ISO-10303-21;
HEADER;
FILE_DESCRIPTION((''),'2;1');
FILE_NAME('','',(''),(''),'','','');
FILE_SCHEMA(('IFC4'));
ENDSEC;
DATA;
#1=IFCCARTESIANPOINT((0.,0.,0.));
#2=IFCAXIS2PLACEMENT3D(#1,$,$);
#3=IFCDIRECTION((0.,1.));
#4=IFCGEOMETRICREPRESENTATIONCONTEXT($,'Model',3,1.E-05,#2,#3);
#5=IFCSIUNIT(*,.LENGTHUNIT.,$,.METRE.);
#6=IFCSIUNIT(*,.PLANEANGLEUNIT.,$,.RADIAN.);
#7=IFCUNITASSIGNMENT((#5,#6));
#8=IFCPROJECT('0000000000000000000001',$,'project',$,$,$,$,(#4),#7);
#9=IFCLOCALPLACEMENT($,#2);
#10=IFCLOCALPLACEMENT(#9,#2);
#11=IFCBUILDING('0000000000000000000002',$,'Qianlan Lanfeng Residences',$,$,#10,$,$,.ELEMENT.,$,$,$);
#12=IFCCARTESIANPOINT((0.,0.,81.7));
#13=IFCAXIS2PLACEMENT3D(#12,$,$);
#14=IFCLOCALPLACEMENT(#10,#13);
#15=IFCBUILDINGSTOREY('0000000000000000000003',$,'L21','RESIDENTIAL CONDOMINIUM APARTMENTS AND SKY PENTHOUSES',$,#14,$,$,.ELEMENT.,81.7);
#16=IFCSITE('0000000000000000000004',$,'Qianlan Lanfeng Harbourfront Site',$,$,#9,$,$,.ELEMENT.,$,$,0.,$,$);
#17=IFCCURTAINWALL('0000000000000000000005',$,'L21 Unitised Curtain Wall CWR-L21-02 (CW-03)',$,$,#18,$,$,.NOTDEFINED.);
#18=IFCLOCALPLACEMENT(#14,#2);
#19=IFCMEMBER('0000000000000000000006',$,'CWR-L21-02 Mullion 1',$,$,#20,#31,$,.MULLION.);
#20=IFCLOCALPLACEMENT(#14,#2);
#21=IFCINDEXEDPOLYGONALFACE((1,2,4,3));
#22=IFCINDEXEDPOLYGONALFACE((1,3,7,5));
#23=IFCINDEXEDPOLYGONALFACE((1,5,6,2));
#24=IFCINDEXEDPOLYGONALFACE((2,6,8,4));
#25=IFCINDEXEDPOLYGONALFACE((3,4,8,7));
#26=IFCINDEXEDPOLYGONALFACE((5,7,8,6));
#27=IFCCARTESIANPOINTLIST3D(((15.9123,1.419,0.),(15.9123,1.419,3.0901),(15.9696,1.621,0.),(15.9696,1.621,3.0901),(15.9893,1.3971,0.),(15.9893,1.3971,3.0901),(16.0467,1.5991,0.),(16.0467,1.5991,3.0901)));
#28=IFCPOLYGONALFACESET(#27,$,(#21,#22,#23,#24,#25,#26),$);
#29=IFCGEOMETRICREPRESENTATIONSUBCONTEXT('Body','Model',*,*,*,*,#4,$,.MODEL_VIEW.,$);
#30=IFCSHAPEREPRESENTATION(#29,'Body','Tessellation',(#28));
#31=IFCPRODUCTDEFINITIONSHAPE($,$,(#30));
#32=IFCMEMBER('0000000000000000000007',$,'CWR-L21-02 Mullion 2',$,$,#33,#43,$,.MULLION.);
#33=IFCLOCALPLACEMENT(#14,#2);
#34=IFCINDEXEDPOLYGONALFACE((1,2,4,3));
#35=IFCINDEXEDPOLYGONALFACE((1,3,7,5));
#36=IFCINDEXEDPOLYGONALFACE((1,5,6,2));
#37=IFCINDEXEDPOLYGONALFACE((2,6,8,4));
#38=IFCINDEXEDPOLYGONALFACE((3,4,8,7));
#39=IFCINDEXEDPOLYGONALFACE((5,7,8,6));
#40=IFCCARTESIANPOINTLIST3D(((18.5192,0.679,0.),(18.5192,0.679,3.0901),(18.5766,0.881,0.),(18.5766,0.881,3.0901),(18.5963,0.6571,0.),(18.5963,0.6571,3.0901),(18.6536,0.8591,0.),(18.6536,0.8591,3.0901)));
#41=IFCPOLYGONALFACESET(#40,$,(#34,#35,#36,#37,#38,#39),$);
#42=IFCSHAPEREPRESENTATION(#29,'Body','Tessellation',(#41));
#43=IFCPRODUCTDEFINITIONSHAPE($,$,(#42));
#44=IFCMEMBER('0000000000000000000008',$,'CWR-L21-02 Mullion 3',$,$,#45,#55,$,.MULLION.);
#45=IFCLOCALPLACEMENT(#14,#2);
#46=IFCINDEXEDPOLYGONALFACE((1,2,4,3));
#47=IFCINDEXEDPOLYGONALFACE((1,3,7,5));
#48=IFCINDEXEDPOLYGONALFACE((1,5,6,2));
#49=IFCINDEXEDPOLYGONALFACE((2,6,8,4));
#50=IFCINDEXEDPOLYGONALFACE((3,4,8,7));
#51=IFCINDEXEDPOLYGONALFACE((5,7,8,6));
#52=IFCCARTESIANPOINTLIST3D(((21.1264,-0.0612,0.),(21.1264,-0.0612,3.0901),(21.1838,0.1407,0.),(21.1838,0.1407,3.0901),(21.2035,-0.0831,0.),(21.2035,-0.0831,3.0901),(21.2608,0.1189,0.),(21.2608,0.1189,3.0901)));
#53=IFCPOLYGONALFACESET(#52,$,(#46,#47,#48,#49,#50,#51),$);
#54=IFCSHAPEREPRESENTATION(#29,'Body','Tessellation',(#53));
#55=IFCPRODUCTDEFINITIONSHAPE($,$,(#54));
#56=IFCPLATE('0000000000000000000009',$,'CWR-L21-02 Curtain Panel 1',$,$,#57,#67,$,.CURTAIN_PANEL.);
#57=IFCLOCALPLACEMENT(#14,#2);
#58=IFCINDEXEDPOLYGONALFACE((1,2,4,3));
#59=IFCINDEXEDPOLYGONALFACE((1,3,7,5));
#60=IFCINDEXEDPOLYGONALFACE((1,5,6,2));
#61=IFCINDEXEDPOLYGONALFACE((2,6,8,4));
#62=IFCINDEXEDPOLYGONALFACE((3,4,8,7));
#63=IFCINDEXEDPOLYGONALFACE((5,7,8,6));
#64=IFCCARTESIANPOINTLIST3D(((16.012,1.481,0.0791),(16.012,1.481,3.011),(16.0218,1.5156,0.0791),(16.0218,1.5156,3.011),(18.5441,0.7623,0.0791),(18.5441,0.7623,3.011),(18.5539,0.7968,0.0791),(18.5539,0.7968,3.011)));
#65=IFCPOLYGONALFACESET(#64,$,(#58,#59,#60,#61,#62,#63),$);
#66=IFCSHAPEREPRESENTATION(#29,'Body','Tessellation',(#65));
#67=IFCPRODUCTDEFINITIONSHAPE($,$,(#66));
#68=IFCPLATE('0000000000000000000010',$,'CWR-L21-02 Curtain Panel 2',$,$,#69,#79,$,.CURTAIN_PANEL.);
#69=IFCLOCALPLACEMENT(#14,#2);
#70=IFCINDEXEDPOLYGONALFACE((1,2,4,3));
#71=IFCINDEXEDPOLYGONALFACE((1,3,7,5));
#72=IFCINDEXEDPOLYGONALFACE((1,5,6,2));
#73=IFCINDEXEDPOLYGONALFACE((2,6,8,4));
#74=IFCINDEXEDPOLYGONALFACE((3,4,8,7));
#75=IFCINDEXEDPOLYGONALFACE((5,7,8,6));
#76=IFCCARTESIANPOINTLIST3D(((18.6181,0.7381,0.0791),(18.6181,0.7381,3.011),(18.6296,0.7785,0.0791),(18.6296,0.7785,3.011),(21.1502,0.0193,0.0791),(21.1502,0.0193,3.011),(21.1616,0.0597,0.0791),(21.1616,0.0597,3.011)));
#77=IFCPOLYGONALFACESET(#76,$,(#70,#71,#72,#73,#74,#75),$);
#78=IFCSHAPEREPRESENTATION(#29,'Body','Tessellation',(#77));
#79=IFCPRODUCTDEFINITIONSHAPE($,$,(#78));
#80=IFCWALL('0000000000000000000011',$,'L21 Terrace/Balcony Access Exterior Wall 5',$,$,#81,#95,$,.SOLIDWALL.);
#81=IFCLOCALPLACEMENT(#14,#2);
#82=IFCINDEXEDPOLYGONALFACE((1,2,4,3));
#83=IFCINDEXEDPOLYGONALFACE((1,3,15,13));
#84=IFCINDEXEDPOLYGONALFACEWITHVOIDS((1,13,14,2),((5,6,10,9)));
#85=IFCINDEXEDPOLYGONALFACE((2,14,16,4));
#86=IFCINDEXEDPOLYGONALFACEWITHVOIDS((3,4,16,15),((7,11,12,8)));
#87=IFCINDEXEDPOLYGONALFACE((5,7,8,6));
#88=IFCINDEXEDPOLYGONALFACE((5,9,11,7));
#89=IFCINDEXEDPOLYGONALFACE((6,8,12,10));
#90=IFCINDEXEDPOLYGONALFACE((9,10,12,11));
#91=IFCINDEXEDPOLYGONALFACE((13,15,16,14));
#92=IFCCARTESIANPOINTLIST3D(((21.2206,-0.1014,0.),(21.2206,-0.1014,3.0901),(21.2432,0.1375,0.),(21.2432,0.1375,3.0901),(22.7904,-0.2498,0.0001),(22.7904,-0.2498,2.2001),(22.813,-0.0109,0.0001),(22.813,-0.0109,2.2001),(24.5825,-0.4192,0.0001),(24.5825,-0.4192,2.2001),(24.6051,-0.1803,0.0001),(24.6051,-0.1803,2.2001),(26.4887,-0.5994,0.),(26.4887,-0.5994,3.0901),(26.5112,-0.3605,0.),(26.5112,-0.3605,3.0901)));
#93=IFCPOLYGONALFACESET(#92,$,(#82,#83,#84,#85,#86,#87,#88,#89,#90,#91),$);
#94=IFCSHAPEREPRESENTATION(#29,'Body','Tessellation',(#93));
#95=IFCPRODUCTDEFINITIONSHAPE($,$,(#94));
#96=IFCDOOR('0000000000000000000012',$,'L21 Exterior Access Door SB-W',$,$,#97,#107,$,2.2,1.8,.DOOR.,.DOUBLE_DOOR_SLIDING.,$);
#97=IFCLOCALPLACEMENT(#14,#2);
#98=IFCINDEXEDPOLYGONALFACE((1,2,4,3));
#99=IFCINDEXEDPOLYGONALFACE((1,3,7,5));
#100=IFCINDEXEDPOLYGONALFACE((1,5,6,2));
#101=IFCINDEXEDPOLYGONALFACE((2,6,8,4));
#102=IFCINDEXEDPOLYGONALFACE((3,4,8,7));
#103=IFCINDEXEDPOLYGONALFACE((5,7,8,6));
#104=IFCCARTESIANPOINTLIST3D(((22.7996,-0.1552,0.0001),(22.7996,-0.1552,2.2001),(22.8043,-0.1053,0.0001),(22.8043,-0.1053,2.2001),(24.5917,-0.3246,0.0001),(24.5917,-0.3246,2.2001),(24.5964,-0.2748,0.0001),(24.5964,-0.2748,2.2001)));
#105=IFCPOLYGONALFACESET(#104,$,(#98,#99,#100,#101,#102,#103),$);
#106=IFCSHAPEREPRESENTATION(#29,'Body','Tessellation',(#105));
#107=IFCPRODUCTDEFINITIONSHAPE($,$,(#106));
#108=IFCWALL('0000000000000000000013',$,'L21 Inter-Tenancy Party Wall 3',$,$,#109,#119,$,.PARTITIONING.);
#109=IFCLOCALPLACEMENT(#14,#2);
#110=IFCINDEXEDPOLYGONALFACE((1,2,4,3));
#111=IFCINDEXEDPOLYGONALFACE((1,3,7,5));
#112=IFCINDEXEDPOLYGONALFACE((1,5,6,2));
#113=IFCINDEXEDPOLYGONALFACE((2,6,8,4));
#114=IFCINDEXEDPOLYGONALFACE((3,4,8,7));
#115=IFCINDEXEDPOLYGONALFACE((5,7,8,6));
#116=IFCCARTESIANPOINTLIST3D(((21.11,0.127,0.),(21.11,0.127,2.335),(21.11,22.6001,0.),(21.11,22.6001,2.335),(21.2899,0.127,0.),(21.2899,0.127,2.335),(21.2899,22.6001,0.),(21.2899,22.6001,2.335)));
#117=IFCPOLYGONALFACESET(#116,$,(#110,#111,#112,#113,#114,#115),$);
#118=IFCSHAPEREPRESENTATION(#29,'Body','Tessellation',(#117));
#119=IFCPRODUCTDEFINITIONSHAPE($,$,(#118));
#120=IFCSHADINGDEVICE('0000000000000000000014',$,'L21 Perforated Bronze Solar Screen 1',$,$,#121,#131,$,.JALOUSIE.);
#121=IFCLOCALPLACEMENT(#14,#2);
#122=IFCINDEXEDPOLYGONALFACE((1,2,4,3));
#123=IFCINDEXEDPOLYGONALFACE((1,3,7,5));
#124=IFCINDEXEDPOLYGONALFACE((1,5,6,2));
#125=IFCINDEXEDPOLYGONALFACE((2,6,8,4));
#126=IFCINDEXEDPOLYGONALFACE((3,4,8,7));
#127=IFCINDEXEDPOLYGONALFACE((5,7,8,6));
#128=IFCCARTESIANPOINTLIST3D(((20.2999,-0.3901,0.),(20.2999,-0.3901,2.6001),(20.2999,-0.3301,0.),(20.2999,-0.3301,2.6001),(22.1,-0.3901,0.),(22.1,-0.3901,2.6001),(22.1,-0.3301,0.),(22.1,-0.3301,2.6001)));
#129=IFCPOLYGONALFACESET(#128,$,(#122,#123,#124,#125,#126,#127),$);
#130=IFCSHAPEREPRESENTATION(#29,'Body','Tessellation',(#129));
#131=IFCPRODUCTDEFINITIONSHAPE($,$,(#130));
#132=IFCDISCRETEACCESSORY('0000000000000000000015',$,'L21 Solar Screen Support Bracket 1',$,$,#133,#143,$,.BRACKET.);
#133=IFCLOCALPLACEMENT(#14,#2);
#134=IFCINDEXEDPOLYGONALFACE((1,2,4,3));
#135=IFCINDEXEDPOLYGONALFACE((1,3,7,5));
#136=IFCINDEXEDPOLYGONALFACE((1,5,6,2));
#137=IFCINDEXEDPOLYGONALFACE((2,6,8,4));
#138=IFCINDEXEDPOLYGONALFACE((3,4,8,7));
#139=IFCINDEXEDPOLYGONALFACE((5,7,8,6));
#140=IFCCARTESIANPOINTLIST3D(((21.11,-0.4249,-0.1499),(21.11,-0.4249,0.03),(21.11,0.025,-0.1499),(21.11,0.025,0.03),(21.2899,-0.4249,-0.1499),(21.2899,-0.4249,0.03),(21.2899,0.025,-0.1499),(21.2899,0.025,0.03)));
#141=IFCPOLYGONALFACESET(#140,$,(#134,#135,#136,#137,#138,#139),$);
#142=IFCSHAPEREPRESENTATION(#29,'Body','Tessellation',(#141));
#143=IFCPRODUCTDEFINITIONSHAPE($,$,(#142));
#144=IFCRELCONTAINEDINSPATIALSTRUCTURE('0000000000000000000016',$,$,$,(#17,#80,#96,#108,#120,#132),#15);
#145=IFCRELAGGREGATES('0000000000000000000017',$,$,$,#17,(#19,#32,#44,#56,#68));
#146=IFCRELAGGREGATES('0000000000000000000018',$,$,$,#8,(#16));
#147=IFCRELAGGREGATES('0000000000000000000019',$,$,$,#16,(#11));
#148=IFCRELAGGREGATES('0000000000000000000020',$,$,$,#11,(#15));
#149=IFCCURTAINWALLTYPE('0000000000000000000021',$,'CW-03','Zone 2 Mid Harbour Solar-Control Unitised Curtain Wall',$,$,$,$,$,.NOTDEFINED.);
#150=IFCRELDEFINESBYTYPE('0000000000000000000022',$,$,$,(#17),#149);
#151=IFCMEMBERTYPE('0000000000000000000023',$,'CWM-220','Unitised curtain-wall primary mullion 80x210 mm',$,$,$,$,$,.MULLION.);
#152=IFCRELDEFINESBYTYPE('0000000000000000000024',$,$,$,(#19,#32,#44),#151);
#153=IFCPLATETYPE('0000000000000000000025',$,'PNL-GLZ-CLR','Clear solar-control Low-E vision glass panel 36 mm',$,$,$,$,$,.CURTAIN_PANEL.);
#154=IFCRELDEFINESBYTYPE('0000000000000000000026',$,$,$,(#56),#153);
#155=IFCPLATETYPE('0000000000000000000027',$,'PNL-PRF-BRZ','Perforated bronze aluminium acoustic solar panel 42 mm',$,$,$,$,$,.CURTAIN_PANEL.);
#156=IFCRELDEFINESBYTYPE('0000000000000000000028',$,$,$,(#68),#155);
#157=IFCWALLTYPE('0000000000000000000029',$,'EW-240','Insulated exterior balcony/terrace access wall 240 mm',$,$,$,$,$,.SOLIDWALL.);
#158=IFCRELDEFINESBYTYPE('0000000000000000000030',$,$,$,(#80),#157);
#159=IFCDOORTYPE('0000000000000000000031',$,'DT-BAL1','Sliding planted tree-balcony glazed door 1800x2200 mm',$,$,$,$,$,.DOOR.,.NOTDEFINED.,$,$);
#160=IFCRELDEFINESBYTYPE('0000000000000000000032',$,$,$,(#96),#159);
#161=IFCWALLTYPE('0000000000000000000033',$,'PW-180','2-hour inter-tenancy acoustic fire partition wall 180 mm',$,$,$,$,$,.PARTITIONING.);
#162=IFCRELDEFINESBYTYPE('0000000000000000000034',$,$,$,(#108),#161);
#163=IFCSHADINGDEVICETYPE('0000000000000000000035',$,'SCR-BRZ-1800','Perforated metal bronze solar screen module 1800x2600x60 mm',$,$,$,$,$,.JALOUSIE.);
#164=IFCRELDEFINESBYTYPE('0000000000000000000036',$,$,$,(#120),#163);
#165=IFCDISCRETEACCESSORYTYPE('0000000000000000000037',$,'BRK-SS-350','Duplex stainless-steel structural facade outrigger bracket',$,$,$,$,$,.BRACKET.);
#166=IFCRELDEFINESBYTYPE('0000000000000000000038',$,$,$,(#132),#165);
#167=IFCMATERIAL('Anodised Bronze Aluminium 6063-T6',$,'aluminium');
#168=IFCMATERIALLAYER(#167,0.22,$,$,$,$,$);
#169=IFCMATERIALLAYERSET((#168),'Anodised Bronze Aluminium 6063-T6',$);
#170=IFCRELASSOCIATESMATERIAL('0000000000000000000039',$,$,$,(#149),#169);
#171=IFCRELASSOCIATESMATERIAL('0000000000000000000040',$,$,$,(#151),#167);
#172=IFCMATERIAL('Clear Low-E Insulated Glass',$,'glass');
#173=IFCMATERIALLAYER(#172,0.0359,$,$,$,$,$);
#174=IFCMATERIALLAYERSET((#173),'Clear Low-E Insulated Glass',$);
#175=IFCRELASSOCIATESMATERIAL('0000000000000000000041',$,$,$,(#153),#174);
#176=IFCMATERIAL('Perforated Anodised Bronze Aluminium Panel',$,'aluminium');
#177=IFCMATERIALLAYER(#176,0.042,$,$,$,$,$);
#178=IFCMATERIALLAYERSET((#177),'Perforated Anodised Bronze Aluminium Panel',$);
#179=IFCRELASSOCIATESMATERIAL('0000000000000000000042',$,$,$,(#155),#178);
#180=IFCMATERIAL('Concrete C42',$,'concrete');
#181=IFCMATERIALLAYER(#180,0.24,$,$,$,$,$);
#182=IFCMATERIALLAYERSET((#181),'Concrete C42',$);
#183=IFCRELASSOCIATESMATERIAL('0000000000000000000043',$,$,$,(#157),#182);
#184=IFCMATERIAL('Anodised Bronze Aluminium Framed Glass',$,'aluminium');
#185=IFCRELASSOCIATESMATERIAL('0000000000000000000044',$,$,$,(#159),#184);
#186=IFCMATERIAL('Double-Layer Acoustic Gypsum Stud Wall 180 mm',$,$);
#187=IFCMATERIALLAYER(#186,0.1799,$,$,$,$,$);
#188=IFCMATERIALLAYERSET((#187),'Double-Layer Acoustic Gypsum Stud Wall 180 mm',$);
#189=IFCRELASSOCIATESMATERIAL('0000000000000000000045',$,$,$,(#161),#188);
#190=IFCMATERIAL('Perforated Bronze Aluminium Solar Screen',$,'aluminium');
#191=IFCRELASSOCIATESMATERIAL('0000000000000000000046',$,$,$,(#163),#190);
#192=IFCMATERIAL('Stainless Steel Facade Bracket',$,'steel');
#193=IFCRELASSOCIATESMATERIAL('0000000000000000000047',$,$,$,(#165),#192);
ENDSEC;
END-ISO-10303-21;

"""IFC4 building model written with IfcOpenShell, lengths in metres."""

from ifc_helpers import new_model, si_unit, direction, frame, frame_2d, origin, origin_2d, place, context, subcontext, project, spatial, rectangle, extrude, source, transform, mapped, material, layer, layer_set, material_profile, profile_set, type_object, element, fill, aggregate, save


model = new_model("IFC4")

# Units and contexts
model_context = context("Model", 3, precision=1e-05, world=origin(), true_north=direction((0.0, 1.0)))
body_context = subcontext(model_context, "Body", "Model", "MODEL_VIEW")
ifc_project = project(units=[si_unit("LENGTHUNIT", "METRE"), si_unit("PLANEANGLEUNIT", "RADIAN")], contexts=[model_context])

# Site, building, storey
site_placement = place(None, origin())
site = spatial("IfcSite", under=ifc_project, at=site_placement, Name="Qianlan Lanfeng Harbourfront Site", CompositionType="ELEMENT", RefElevation=0.0)
building_placement = place(site_placement, origin())
building = spatial("IfcBuilding", under=site, at=building_placement, Name="Qianlan Lanfeng Residences", CompositionType="ELEMENT")
storey_placement = place(building_placement, frame((0.0, 0.0, 81.7)))
storey = spatial("IfcBuildingStorey", under=building, at=storey_placement, Name="L21", Description="RESIDENTIAL CONDOMINIUM APARTMENTS AND SKY PENTHOUSES", CompositionType="ELEMENT", Elevation=81.7)

# Curtain wall, members, plates
ifc_material_1 = material(Name="Anodised Bronze Aluminium 6063-T6", Category="aluminium")
ifc_layer_1 = layer(ifc_material_1, 0.22)
ifc_layer_set_1 = layer_set([ifc_layer_1], Name="Anodised Bronze Aluminium 6063-T6")
curtain_wall_type = type_object("IfcCurtainWallType", Name="CW-03", Description="Zone 2 Mid Harbour Solar-Control Unitised Curtain Wall", PredefinedType="NOTDEFINED", material=ifc_layer_set_1)
curtain_wall_placement = place(storey_placement, origin())
curtain_wall = element("IfcCurtainWall", 1, at=curtain_wall_placement, inside=storey, type_object=curtain_wall_type, Name="L21 Unitised Curtain Wall CWR-L21-02 (CW-03)", PredefinedType="NOTDEFINED")
ifc_material_profile_1 = material_profile(ifc_material_1, rectangle(XDim=0.0801, YDim=0.21, at=origin_2d()), Name="ALU MULLION 80x210")
ifc_profile_set_1 = profile_set([ifc_material_profile_1], Name="Anodised Bronze Aluminium 6063-T6")
member_type_1 = type_object("IfcMemberType", Name="CWM-220", Description="Unitised curtain-wall primary mullion 80x210 mm", PredefinedType="MULLION", material=ifc_profile_set_1)
shared_shape_1 = source(origin(), body_context, "Body", "SweptSolid", [
    extrude(rectangle(XDim=0.0801, YDim=0.21, at=origin_2d()), origin(), (0.0, 0.0, 1.0), 3.0901),
])
member_1_placement = place(storey_placement, frame((15.9795, 1.509, 0.0), z_axis=(0.0, 0.0, 1.0), x_axis=(0.961989, -0.273088, 0.0)))
member_1 = element("IfcMember", 2, at=member_1_placement, type_object=member_type_1, Name="CWR-L21-02 Mullion 1", PredefinedType="MULLION", context=body_context, shape_type="MappedRepresentation", body=[
    mapped(shared_shape_1, transform((0.0, 0.0, 0.0), scale=1.0)),
])
member_2_placement = place(storey_placement, frame((18.5864, 0.769, 0.0), z_axis=(0.0, 0.0, 1.0), x_axis=(0.961989, -0.273088, 0.0)))
member_2 = element("IfcMember", 3, at=member_2_placement, type_object=member_type_1, Name="CWR-L21-02 Mullion 2", PredefinedType="MULLION", context=body_context, shape_type="MappedRepresentation", body=[
    mapped(shared_shape_1, transform((0.0, 0.0, 0.0), scale=1.0)),
])
member_3_placement = place(storey_placement, frame((21.1936, 0.0288, 0.0), z_axis=(0.0, 0.0, 1.0), x_axis=(0.961989, -0.273088, 0.0)))
member_3 = element("IfcMember", 4, at=member_3_placement, type_object=member_type_1, Name="CWR-L21-02 Mullion 3", PredefinedType="MULLION", context=body_context, shape_type="MappedRepresentation", body=[
    mapped(shared_shape_1, transform((0.0, 0.0, 0.0), scale=1.0)),
])
ifc_material_2 = material(Name="Clear Low-E Insulated Glass", Category="glass")
ifc_layer_2 = layer(ifc_material_2, 0.0359)
ifc_layer_set_2 = layer_set([ifc_layer_2], Name="Clear Low-E Insulated Glass")
plate_type_1 = type_object("IfcPlateType", Name="PNL-GLZ-CLR", Description="Clear solar-control Low-E vision glass panel 36 mm", PredefinedType="CURTAIN_PANEL", material=ifc_layer_set_2)
shared_shape_2 = source(origin(), body_context, "Body", "SweptSolid", [
    extrude(rectangle(XDim=2.6321, YDim=0.0359, at=origin_2d()), origin(), (0.0, 0.0, 1.0), 2.9319),
])
plate_1_placement = place(storey_placement, frame((17.283, 1.1389, 0.0791), z_axis=(0.0, 0.0, 1.0), x_axis=(0.961989, -0.273088, 0.0)))
plate_1 = element("IfcPlate", 5, at=plate_1_placement, type_object=plate_type_1, Name="CWR-L21-02 Curtain Panel 1", PredefinedType="CURTAIN_PANEL", context=body_context, shape_type="MappedRepresentation", body=[
    mapped(shared_shape_2, transform((0.0, 0.0, 0.0), scale=1.0)),
])
ifc_material_3 = material(Name="Perforated Anodised Bronze Aluminium Panel", Category="aluminium")
ifc_layer_3 = layer(ifc_material_3, 0.042)
ifc_layer_set_3 = layer_set([ifc_layer_3], Name="Perforated Anodised Bronze Aluminium Panel")
plate_type_2 = type_object("IfcPlateType", Name="PNL-PRF-BRZ", Description="Perforated bronze aluminium acoustic solar panel 42 mm", PredefinedType="CURTAIN_PANEL", material=ifc_layer_set_3)
shared_shape_3 = source(origin(), body_context, "Body", "SweptSolid", [
    extrude(rectangle(XDim=2.6321, YDim=0.042, at=origin_2d()), origin(), (0.0, 0.0, 1.0), 2.9319),
])
plate_2_placement = place(storey_placement, frame((19.8899, 0.3989, 0.0791), z_axis=(0.0, 0.0, 1.0), x_axis=(0.961989, -0.273088, 0.0)))
plate_2 = element("IfcPlate", 6, at=plate_2_placement, type_object=plate_type_2, Name="CWR-L21-02 Curtain Panel 2", PredefinedType="CURTAIN_PANEL", context=body_context, shape_type="MappedRepresentation", body=[
    mapped(shared_shape_3, transform((0.0, 0.0, 0.0), scale=1.0)),
])
aggregate(curtain_wall, [member_1, member_2, member_3, plate_1, plate_2])

# Wall, opening, door
ifc_material_4 = material(Name="Concrete C42", Category="concrete")
ifc_layer_4 = layer(ifc_material_4, 0.24)
ifc_layer_set_4 = layer_set([ifc_layer_4], Name="Concrete C42")
wall_type_1 = type_object("IfcWallType", Name="EW-240", Description="Insulated exterior balcony/terrace access wall 240 mm", PredefinedType="SOLIDWALL", material=ifc_layer_set_4)
wall_1_placement = place(storey_placement, frame((21.2319, 0.0181, 0.0), z_axis=(0.0, 0.0, 1.0), x_axis=(0.995561, -0.094121, 0.0)))
wall_1 = element("IfcWall", 7, at=wall_1_placement, inside=storey, type_object=wall_type_1, Name="L21 Terrace/Balcony Access Exterior Wall 5", PredefinedType="SOLIDWALL", context=body_context, shape_type="SweptSolid", body=[
    extrude(rectangle(XDim=5.2915, YDim=0.24, at=frame_2d((2.6458, 0.0))), origin(), (0.0, 0.0, 1.0), 3.0901),
])
opening_1_placement = place(wall_1_placement, frame((1.5769, 0.0, 0.0)))
opening_1 = element("IfcOpeningElement", 8, at=opening_1_placement, cuts=wall_1, PredefinedType="OPENING", context=body_context, shape_type="SweptSolid", body=[
    extrude(rectangle(XDim=1.8, YDim=2.2, at=frame_2d((0.8999, 1.1001))), frame((0.0, 0.1299, 0.0), z_axis=(0.0, -1.0, 0.0), x_axis=(1.0, 0.0, 0.0)), (0.0, 0.0, 1.0), 0.26),
])
ifc_material_5 = material(Name="Anodised Bronze Aluminium Framed Glass", Category="aluminium")
door_type_1 = type_object("IfcDoorType", Name="DT-BAL1", Description="Sliding planted tree-balcony glazed door 1800x2200 mm", OperationType="NOTDEFINED", PredefinedType="DOOR", material=ifc_material_5)
door_1_placement = place(opening_1_placement, frame((1.8, 0.0, 0.0), z_axis=(0.0, 0.0, 1.0), x_axis=(-1.0, 0.0, 0.0)))
door_1 = element("IfcDoor", 9, at=door_1_placement, inside=storey, type_object=door_type_1, Name="L21 Exterior Access Door SB-W", OperationType="DOUBLE_DOOR_SLIDING", OverallHeight=2.2, OverallWidth=1.8, PredefinedType="DOOR", context=body_context, shape_type="SweptSolid", body=[
    extrude(rectangle(XDim=1.8, YDim=2.2, at=frame_2d((0.8999, 1.1001))), frame((0.0, 0.0249, 0.0), z_axis=(0.0, -1.0, 0.0), x_axis=(1.0, 0.0, 0.0)), (0.0, 0.0, 1.0), 0.05),
])
fill(opening_1, door_1)

# Wall
ifc_material_6 = material(Name="Double-Layer Acoustic Gypsum Stud Wall 180 mm")
ifc_layer_5 = layer(ifc_material_6, 0.1799)
ifc_layer_set_5 = layer_set([ifc_layer_5], Name="Double-Layer Acoustic Gypsum Stud Wall 180 mm")
wall_type_2 = type_object("IfcWallType", Name="PW-180", Description="2-hour inter-tenancy acoustic fire partition wall 180 mm", PredefinedType="PARTITIONING", material=ifc_layer_set_5)
wall_2_placement = place(storey_placement, frame((21.2, 0.127, 0.0), z_axis=(0.0, 0.0, 1.0), x_axis=(0.0, 1.0, 0.0)))
element("IfcWall", 10, at=wall_2_placement, inside=storey, type_object=wall_type_2, Name="L21 Inter-Tenancy Party Wall 3", PredefinedType="PARTITIONING", context=body_context, shape_type="SweptSolid", body=[
    extrude(rectangle(XDim=22.4731, YDim=0.1799, at=frame_2d((11.2366, 0.0))), origin(), (0.0, 0.0, 1.0), 2.335),
])

# Shading device
ifc_material_7 = material(Name="Perforated Bronze Aluminium Solar Screen", Category="aluminium")
shading_device_type = type_object("IfcShadingDeviceType", Name="SCR-BRZ-1800", Description="Perforated metal bronze solar screen module 1800x2600x60 mm", PredefinedType="JALOUSIE", material=ifc_material_7)
shared_shape_4 = source(origin(), body_context, "Body", "SweptSolid", [
    extrude(rectangle(XDim=1.8, YDim=0.0601, at=origin_2d()), origin(), (0.0, 0.0, 1.0), 2.6001),
])
shading_device_placement = place(storey_placement, frame((21.2, -0.3601, 0.0), z_axis=(0.0, 0.0, 1.0), x_axis=(1.0, 0.0, 0.0)))
element("IfcShadingDevice", 11, at=shading_device_placement, inside=storey, type_object=shading_device_type, Name="L21 Perforated Bronze Solar Screen 1", PredefinedType="JALOUSIE", context=body_context, shape_type="MappedRepresentation", body=[
    mapped(shared_shape_4, transform((0.0, 0.0, 0.0), scale=1.0)),
])

# Discrete accessory
ifc_material_8 = material(Name="Stainless Steel Facade Bracket", Category="steel")
discrete_accessory_type = type_object("IfcDiscreteAccessoryType", Name="BRK-SS-350", Description="Duplex stainless-steel structural facade outrigger bracket", PredefinedType="BRACKET", material=ifc_material_8)
shared_shape_5 = source(origin(), body_context, "Body", "SweptSolid", [
    extrude(rectangle(XDim=0.1799, YDim=0.45, at=origin_2d()), origin(), (0.0, 0.0, 1.0), 0.1799),
])
discrete_accessory_placement = place(storey_placement, frame((21.2, -0.2, -0.1499), z_axis=(0.0, 0.0, 1.0), x_axis=(1.0, 0.0, 0.0)))
element("IfcDiscreteAccessory", 12, at=discrete_accessory_placement, inside=storey, type_object=discrete_accessory_type, Name="L21 Solar Screen Support Bracket 1", PredefinedType="BRACKET", context=body_context, shape_type="MappedRepresentation", body=[
    mapped(shared_shape_5, transform((0.0, 0.0, 0.0), scale=1.0)),
])

save(model, "model.ifc")
